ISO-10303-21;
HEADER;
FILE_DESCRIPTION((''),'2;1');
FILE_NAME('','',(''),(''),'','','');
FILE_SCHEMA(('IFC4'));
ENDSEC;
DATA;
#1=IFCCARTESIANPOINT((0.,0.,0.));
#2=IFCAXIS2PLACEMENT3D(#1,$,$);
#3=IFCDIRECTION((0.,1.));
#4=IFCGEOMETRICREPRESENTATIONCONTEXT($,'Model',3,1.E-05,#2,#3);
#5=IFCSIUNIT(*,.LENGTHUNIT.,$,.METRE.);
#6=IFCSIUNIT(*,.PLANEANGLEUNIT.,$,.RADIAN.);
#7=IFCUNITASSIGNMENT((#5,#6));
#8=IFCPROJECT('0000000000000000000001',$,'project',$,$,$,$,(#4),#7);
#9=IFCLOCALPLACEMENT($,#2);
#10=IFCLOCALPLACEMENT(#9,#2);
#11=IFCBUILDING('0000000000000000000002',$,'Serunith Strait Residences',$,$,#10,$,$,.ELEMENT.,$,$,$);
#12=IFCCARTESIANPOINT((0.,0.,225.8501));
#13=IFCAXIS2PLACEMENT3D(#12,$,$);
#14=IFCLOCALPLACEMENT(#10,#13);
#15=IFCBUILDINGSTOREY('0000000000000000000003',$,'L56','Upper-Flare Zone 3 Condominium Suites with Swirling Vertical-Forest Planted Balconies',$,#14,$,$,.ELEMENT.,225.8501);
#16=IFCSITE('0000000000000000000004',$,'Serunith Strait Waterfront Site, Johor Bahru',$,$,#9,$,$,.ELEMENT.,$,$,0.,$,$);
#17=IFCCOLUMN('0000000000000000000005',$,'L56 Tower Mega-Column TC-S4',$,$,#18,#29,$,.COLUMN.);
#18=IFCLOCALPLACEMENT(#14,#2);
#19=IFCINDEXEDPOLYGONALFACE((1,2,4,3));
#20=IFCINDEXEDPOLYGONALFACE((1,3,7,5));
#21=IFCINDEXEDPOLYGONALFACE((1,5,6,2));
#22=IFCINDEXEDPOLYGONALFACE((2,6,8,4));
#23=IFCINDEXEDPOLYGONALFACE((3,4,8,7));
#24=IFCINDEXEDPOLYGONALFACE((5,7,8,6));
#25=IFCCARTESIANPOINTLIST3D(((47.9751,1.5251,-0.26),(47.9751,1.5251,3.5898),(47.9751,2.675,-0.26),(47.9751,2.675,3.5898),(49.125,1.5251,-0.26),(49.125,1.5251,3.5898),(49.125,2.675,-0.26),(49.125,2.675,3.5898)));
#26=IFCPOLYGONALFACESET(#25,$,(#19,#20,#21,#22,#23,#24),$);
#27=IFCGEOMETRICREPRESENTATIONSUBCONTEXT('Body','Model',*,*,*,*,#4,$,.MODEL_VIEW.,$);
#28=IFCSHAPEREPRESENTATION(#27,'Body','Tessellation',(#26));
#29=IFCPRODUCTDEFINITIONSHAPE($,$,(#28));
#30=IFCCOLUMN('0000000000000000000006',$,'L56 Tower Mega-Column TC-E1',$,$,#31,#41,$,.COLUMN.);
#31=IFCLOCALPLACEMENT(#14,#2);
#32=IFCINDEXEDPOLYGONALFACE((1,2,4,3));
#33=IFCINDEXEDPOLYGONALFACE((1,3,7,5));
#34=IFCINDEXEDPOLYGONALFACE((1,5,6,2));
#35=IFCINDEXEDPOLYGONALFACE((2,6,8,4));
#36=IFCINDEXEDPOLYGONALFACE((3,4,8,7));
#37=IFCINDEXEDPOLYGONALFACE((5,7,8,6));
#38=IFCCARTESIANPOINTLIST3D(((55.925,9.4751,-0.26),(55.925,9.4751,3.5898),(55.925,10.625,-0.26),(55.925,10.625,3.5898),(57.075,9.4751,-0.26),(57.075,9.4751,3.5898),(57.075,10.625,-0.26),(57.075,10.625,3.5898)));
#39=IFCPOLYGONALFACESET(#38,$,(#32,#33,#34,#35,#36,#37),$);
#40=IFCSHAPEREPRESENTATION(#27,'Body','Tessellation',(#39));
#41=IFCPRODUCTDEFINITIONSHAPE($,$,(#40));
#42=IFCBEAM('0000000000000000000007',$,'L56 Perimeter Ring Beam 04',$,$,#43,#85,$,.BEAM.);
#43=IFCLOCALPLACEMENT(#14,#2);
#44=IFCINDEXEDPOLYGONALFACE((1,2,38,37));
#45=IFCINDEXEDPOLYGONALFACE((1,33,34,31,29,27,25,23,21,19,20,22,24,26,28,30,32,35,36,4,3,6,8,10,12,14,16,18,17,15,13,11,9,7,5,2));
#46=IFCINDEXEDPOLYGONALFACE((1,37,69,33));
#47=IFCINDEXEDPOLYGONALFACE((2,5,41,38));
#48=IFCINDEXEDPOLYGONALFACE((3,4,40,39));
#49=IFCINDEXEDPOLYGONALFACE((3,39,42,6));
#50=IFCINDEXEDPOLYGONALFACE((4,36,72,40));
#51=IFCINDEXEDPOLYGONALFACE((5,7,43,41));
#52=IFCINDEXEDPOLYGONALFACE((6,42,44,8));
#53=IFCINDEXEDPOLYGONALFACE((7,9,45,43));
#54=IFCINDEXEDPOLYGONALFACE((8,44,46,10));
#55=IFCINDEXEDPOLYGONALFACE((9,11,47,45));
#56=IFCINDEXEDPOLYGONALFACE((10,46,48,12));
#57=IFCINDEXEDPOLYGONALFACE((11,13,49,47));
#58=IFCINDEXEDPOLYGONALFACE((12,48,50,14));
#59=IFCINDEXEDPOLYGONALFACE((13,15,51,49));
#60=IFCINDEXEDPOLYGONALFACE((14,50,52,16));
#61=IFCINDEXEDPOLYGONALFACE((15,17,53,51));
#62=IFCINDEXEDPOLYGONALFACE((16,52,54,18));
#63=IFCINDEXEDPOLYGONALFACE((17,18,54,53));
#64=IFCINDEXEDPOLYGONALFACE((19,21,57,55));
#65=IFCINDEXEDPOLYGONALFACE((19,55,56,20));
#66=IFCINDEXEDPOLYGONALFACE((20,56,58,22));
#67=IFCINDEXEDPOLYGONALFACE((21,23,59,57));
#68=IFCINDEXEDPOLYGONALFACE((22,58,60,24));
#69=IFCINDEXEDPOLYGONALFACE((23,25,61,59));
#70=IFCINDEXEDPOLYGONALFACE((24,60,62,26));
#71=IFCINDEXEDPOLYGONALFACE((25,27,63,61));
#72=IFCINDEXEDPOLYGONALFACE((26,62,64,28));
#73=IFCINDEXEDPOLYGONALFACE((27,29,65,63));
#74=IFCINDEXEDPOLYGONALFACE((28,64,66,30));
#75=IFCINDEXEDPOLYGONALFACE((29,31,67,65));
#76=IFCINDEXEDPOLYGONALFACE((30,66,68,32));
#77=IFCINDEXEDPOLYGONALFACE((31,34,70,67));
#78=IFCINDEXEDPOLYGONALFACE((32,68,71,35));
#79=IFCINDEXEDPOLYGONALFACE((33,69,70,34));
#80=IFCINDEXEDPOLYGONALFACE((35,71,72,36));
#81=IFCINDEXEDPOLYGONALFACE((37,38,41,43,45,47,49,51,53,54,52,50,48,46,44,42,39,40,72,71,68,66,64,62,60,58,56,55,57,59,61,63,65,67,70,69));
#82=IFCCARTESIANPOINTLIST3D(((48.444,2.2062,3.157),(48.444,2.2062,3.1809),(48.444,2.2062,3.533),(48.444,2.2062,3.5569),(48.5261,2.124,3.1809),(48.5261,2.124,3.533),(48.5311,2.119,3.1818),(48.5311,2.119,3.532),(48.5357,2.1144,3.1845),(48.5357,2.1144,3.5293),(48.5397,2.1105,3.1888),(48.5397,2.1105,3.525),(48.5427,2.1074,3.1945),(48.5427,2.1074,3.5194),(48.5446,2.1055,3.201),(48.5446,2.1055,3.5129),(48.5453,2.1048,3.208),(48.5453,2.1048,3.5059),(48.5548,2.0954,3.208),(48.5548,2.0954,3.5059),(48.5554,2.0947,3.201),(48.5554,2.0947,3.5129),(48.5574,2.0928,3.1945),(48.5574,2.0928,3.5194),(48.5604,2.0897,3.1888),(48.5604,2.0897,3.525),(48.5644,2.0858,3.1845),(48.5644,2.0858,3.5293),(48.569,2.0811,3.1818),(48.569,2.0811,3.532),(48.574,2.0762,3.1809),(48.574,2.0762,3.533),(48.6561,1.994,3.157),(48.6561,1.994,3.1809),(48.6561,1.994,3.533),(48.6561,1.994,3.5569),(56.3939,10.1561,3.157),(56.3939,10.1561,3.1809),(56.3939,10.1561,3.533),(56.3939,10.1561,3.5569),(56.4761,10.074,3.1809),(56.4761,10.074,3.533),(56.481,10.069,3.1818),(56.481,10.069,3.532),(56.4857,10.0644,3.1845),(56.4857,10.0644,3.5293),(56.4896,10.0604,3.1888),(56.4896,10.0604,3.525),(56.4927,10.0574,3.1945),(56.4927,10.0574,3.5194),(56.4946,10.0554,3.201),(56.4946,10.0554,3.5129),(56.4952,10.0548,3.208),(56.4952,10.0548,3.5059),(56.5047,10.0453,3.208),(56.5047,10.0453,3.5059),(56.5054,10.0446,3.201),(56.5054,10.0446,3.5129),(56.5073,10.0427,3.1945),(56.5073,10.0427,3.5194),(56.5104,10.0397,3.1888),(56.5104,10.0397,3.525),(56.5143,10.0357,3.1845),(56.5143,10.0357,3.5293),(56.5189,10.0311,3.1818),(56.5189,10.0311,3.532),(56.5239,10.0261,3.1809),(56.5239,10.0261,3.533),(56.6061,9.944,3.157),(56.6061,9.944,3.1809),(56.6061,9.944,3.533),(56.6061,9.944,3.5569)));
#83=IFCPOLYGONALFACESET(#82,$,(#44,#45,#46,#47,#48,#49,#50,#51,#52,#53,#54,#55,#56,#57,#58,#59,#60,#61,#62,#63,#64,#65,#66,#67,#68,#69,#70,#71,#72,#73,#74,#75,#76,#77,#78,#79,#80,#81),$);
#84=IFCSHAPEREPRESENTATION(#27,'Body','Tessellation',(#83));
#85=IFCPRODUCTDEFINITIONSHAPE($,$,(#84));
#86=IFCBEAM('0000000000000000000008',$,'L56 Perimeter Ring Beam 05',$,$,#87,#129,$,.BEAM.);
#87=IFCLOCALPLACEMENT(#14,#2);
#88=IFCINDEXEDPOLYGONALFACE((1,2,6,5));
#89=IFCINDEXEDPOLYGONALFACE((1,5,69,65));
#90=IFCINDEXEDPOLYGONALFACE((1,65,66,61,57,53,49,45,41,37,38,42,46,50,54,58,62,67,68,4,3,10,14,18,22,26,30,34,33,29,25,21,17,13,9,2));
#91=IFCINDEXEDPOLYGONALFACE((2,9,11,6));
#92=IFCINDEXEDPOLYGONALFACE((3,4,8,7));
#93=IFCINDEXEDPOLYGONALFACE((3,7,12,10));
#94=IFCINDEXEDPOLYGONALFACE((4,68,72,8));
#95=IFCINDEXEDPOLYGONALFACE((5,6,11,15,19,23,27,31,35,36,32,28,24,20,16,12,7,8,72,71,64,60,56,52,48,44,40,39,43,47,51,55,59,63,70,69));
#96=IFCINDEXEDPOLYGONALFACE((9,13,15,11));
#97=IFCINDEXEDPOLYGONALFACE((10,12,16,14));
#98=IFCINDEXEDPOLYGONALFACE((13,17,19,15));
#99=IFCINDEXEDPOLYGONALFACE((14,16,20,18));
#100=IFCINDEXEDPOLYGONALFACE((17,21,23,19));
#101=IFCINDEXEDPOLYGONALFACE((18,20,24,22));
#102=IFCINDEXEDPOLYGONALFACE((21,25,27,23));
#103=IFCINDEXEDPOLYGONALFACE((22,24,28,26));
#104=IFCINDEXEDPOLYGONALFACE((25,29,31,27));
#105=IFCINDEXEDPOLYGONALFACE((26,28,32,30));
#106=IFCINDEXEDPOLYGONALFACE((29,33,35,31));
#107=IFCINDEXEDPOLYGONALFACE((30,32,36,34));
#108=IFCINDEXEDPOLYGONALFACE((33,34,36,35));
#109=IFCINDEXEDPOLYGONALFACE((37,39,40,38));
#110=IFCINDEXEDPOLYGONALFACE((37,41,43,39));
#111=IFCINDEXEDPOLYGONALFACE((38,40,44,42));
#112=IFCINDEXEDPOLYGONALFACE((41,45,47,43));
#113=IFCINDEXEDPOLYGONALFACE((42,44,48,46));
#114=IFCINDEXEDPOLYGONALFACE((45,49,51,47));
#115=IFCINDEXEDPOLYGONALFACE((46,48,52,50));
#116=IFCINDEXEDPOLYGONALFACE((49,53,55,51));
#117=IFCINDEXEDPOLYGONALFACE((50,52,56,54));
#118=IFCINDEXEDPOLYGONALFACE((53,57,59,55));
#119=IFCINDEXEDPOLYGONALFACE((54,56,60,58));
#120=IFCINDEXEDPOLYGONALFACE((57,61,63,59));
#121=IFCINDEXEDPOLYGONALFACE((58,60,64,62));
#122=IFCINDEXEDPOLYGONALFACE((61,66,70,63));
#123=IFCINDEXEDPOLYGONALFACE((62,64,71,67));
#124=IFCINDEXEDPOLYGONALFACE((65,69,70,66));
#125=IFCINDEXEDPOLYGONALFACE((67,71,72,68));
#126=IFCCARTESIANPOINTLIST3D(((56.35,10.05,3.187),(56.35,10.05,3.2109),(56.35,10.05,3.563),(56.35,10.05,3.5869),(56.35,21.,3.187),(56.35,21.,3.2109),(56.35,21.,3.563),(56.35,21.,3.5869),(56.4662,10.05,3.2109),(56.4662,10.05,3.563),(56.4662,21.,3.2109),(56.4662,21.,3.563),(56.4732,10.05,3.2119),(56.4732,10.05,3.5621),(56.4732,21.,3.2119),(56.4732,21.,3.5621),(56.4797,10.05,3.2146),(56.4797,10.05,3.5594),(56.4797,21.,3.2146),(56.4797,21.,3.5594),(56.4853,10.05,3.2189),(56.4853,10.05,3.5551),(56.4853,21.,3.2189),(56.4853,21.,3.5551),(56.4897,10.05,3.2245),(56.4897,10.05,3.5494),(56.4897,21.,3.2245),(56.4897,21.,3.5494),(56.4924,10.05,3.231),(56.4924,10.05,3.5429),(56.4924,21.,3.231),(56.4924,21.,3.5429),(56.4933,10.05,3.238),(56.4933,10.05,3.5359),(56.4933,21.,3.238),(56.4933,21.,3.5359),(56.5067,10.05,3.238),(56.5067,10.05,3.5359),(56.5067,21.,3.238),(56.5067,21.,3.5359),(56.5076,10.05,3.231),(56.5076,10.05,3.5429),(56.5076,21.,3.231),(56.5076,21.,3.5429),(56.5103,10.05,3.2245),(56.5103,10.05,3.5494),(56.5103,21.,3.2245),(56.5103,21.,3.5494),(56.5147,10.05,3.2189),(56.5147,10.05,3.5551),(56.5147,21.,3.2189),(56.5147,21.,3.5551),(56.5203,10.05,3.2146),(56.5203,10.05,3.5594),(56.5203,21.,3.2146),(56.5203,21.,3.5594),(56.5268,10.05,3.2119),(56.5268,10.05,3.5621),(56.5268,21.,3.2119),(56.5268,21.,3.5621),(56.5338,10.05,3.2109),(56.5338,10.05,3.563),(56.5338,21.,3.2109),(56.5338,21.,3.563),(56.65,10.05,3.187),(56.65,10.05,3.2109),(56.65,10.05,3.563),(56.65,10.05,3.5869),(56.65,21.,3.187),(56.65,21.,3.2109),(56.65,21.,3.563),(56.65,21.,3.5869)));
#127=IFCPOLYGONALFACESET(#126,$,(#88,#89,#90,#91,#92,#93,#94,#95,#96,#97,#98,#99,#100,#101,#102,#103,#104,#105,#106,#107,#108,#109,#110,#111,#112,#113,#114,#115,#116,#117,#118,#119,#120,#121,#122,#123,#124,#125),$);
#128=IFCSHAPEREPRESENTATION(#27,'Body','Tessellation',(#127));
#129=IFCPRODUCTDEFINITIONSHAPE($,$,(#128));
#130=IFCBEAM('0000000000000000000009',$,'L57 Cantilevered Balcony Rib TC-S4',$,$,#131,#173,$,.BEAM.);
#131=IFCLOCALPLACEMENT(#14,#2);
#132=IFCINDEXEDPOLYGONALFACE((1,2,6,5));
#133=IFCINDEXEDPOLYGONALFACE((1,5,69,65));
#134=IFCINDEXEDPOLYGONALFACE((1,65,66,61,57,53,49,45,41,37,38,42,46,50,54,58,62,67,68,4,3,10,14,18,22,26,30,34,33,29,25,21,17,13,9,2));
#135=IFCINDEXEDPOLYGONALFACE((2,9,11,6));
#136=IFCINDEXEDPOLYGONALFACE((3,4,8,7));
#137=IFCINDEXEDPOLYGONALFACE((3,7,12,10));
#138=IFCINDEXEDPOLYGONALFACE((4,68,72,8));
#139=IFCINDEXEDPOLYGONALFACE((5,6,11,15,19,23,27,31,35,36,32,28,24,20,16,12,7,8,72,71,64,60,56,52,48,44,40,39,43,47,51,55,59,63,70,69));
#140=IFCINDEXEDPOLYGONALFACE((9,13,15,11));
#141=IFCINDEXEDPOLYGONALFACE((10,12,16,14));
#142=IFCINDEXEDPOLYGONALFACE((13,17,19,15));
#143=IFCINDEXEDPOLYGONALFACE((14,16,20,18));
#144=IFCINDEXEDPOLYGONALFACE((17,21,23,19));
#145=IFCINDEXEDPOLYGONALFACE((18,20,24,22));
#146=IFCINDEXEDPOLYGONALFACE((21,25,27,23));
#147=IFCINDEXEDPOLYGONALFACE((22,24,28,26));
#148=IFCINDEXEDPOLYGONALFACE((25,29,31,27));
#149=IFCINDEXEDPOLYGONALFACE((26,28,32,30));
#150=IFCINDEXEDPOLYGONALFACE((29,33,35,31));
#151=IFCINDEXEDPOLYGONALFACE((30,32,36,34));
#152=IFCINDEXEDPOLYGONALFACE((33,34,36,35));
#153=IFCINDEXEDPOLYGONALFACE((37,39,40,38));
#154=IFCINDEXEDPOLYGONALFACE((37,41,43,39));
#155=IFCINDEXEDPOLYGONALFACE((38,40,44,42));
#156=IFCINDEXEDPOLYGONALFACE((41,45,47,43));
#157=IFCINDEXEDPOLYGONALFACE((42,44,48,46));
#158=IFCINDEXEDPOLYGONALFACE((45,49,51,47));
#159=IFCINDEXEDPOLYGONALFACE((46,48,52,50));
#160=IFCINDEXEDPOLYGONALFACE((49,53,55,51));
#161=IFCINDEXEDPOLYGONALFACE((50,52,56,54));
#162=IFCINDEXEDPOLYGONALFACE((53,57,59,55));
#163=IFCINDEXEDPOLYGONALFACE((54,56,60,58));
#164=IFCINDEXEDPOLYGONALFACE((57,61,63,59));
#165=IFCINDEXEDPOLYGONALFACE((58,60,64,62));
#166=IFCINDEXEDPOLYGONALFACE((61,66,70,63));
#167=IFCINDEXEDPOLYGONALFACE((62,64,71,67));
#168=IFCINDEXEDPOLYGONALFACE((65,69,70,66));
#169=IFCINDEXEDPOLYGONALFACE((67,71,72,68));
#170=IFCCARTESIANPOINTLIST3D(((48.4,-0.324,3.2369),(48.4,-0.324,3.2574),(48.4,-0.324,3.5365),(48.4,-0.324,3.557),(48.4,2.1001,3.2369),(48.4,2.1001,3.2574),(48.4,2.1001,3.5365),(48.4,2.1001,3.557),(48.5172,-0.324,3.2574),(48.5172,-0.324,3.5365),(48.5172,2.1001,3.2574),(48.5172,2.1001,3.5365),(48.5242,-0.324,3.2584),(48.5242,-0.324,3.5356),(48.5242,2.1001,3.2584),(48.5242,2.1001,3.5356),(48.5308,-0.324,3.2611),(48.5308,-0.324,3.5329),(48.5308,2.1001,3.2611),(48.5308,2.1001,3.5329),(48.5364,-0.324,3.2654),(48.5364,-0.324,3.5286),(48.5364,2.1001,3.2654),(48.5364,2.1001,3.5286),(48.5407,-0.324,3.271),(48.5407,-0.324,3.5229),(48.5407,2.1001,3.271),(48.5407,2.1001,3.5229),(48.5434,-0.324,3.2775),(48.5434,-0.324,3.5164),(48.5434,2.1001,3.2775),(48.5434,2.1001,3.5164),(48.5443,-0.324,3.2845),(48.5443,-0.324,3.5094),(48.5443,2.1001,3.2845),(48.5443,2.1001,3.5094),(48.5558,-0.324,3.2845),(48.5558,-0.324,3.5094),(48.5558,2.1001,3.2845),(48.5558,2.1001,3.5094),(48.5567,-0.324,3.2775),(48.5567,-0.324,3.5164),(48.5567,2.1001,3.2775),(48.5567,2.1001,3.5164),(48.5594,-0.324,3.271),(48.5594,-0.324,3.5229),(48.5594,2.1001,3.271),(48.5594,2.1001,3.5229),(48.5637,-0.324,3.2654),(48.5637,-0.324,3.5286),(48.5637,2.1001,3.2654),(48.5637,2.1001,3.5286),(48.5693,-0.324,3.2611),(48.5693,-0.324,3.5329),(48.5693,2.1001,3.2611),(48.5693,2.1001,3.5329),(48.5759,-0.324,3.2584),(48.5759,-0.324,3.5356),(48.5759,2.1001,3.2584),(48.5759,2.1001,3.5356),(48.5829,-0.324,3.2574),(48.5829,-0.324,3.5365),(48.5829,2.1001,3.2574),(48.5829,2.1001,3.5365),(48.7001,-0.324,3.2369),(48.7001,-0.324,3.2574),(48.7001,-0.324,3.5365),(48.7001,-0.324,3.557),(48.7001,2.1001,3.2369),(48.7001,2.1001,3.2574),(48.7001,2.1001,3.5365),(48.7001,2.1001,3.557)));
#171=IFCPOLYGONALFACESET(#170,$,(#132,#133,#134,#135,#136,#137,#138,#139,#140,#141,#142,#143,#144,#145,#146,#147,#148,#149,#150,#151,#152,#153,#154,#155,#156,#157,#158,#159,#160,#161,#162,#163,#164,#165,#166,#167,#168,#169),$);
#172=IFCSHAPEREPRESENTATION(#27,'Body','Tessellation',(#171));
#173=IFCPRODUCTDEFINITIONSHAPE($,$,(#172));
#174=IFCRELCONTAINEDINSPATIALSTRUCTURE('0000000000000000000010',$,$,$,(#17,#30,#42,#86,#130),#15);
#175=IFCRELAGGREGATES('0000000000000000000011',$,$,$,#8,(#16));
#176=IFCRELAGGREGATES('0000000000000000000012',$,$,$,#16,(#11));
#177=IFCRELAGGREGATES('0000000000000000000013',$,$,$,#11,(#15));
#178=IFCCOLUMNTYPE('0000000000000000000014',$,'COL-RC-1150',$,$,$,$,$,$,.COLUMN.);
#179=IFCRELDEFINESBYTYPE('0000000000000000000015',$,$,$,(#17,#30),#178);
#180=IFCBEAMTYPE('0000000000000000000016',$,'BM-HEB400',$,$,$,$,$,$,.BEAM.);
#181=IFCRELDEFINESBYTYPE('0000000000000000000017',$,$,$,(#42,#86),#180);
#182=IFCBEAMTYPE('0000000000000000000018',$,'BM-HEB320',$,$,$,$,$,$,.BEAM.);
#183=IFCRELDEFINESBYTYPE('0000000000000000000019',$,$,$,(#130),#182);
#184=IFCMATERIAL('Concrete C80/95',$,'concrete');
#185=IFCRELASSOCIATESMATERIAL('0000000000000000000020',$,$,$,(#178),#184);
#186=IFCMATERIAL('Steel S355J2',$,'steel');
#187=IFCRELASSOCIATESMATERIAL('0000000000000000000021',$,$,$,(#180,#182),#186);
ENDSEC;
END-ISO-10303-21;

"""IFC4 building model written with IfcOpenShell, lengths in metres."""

from ifc_helpers import new_model, si_unit, direction, frame, origin, origin_2d, place, context, subcontext, project, spatial, rectangle, i_section, extrude, source, transform, mapped, material, material_profile, profile_set, type_object, element, save


model = new_model("IFC4")

# Units and contexts
model_context = context("Model", 3, precision=1e-05, world=origin(), true_north=direction((0.0, 1.0)))
body_context = subcontext(model_context, "Body", "Model", "MODEL_VIEW")
ifc_project = project(units=[si_unit("LENGTHUNIT", "METRE"), si_unit("PLANEANGLEUNIT", "RADIAN")], contexts=[model_context])

# Site, building, storey
site_placement = place(None, origin())
site = spatial("IfcSite", under=ifc_project, at=site_placement, Name="Serunith Strait Waterfront Site, Johor Bahru", CompositionType="ELEMENT", RefElevation=0.0)
building_placement = place(site_placement, origin())
building = spatial("IfcBuilding", under=site, at=building_placement, Name="Serunith Strait Residences", CompositionType="ELEMENT")
storey_placement = place(building_placement, frame((0.0, 0.0, 225.8501)))
storey = spatial("IfcBuildingStorey", under=building, at=storey_placement, Name="L56", Description="Upper-Flare Zone 3 Condominium Suites with Swirling Vertical-Forest Planted Balconies", CompositionType="ELEMENT", Elevation=225.8501)

# Columns
ifc_material_1 = material(Name="Concrete C80/95", Category="concrete")
ifc_material_profile_1 = material_profile(ifc_material_1, rectangle(XDim=1.1499, YDim=1.1499, at=origin_2d()), Name="RC 1150x1150")
ifc_profile_set_1 = profile_set([ifc_material_profile_1], Name="Concrete C80/95")
column_type = type_object("IfcColumnType", Name="COL-RC-1150", PredefinedType="COLUMN", material=ifc_profile_set_1)
shared_shape_1 = source(origin(), body_context, "Body", "SweptSolid", [
    extrude(rectangle(XDim=1.1499, YDim=1.1499, at=origin_2d()), origin(), (0.0, 0.0, 1.0), 3.8499),
])
for number, where, z_axis, x_axis, name in (
    (1, (48.55, 2.1001, -0.26), (0.0, 0.0, 1.0), (1.0, 0.0, 0.0), "L56 Tower Mega-Column TC-S4"),
    (2, (56.5, 10.05, -0.26), (0.0, 0.0, 1.0), (1.0, 0.0, 0.0), "L56 Tower Mega-Column TC-E1"),
):
    element("IfcColumn", number, at=place(storey_placement, frame(where, z_axis=z_axis, x_axis=x_axis)), inside=storey, type_object=column_type, Name=name, PredefinedType="COLUMN", context=body_context, shape_type="MappedRepresentation", body=[
        mapped(shared_shape_1, transform((0.0, 0.0, 0.0), scale=1.0)),
    ])

# Beams
ifc_material_2 = material(Name="Steel S355J2", Category="steel")
ifc_material_profile_2 = material_profile(ifc_material_2, i_section(OverallWidth=0.3, OverallDepth=0.3999, WebThickness=0.0134, FlangeThickness=0.0239, FilletRadius=0.0271, at=origin_2d()), Name="HEB 400")
ifc_profile_set_2 = profile_set([ifc_material_profile_2], Name="Steel S355J2")
beam_type_1 = type_object("IfcBeamType", Name="BM-HEB400", PredefinedType="BEAM", material=ifc_profile_set_2)
shared_shape_2 = source(origin(), body_context, "Body", "SweptSolid", [
    extrude(i_section(OverallWidth=0.3, OverallDepth=0.3999, WebThickness=0.0134, FlangeThickness=0.0239, FilletRadius=0.0271, at=origin_2d()), origin(), (0.0, 0.0, 1.0), 11.2429),
])
beam_1_placement = place(storey_placement, frame((48.55, 2.1001, 3.3569), z_axis=(0.707107, 0.707107, 0.0), x_axis=(-0.707107, 0.707107, 0.0)))
element("IfcBeam", 3, at=beam_1_placement, inside=storey, type_object=beam_type_1, Name="L56 Perimeter Ring Beam 04", PredefinedType="BEAM", context=body_context, shape_type="MappedRepresentation", body=[
    mapped(shared_shape_2, transform((0.0, 0.0, 0.0), scale=1.0)),
])
shared_shape_3 = source(origin(), body_context, "Body", "SweptSolid", [
    extrude(i_section(OverallWidth=0.3, OverallDepth=0.3999, WebThickness=0.0134, FlangeThickness=0.0239, FilletRadius=0.0271, at=origin_2d()), origin(), (0.0, 0.0, 1.0), 10.95),
])
beam_2_placement = place(storey_placement, frame((56.5, 10.05, 3.387), z_axis=(0.0, 1.0, 0.0), x_axis=(-1.0, 0.0, 0.0)))
element("IfcBeam", 4, at=beam_2_placement, inside=storey, type_object=beam_type_1, Name="L56 Perimeter Ring Beam 05", PredefinedType="BEAM", context=body_context, shape_type="MappedRepresentation", body=[
    mapped(shared_shape_3, transform((0.0, 0.0, 0.0), scale=1.0)),
])
ifc_material_profile_3 = material_profile(ifc_material_2, i_section(OverallWidth=0.3, OverallDepth=0.3201, WebThickness=0.0115, FlangeThickness=0.0205, FilletRadius=0.0271, at=origin_2d()), Name="HEB 320")
ifc_profile_set_3 = profile_set([ifc_material_profile_3], Name="Steel S355J2")
beam_type_2 = type_object("IfcBeamType", Name="BM-HEB320", PredefinedType="BEAM", material=ifc_profile_set_3)
shared_shape_4 = source(origin(), body_context, "Body", "SweptSolid", [
    extrude(i_section(OverallWidth=0.3, OverallDepth=0.3201, WebThickness=0.0115, FlangeThickness=0.0205, FilletRadius=0.0271, at=origin_2d()), origin(), (0.0, 0.0, 1.0), 2.4241),
])
beam_3_placement = place(storey_placement, frame((48.55, 2.1001, 3.397), z_axis=(0.0, -1.0, 0.0), x_axis=(1.0, 0.0, 0.0)))
element("IfcBeam", 5, at=beam_3_placement, inside=storey, type_object=beam_type_2, Name="L57 Cantilevered Balcony Rib TC-S4", PredefinedType="BEAM", context=body_context, shape_type="MappedRepresentation", body=[
    mapped(shared_shape_4, transform((0.0, 0.0, 0.0), scale=1.0)),
])

save(model, "model.ifc")
